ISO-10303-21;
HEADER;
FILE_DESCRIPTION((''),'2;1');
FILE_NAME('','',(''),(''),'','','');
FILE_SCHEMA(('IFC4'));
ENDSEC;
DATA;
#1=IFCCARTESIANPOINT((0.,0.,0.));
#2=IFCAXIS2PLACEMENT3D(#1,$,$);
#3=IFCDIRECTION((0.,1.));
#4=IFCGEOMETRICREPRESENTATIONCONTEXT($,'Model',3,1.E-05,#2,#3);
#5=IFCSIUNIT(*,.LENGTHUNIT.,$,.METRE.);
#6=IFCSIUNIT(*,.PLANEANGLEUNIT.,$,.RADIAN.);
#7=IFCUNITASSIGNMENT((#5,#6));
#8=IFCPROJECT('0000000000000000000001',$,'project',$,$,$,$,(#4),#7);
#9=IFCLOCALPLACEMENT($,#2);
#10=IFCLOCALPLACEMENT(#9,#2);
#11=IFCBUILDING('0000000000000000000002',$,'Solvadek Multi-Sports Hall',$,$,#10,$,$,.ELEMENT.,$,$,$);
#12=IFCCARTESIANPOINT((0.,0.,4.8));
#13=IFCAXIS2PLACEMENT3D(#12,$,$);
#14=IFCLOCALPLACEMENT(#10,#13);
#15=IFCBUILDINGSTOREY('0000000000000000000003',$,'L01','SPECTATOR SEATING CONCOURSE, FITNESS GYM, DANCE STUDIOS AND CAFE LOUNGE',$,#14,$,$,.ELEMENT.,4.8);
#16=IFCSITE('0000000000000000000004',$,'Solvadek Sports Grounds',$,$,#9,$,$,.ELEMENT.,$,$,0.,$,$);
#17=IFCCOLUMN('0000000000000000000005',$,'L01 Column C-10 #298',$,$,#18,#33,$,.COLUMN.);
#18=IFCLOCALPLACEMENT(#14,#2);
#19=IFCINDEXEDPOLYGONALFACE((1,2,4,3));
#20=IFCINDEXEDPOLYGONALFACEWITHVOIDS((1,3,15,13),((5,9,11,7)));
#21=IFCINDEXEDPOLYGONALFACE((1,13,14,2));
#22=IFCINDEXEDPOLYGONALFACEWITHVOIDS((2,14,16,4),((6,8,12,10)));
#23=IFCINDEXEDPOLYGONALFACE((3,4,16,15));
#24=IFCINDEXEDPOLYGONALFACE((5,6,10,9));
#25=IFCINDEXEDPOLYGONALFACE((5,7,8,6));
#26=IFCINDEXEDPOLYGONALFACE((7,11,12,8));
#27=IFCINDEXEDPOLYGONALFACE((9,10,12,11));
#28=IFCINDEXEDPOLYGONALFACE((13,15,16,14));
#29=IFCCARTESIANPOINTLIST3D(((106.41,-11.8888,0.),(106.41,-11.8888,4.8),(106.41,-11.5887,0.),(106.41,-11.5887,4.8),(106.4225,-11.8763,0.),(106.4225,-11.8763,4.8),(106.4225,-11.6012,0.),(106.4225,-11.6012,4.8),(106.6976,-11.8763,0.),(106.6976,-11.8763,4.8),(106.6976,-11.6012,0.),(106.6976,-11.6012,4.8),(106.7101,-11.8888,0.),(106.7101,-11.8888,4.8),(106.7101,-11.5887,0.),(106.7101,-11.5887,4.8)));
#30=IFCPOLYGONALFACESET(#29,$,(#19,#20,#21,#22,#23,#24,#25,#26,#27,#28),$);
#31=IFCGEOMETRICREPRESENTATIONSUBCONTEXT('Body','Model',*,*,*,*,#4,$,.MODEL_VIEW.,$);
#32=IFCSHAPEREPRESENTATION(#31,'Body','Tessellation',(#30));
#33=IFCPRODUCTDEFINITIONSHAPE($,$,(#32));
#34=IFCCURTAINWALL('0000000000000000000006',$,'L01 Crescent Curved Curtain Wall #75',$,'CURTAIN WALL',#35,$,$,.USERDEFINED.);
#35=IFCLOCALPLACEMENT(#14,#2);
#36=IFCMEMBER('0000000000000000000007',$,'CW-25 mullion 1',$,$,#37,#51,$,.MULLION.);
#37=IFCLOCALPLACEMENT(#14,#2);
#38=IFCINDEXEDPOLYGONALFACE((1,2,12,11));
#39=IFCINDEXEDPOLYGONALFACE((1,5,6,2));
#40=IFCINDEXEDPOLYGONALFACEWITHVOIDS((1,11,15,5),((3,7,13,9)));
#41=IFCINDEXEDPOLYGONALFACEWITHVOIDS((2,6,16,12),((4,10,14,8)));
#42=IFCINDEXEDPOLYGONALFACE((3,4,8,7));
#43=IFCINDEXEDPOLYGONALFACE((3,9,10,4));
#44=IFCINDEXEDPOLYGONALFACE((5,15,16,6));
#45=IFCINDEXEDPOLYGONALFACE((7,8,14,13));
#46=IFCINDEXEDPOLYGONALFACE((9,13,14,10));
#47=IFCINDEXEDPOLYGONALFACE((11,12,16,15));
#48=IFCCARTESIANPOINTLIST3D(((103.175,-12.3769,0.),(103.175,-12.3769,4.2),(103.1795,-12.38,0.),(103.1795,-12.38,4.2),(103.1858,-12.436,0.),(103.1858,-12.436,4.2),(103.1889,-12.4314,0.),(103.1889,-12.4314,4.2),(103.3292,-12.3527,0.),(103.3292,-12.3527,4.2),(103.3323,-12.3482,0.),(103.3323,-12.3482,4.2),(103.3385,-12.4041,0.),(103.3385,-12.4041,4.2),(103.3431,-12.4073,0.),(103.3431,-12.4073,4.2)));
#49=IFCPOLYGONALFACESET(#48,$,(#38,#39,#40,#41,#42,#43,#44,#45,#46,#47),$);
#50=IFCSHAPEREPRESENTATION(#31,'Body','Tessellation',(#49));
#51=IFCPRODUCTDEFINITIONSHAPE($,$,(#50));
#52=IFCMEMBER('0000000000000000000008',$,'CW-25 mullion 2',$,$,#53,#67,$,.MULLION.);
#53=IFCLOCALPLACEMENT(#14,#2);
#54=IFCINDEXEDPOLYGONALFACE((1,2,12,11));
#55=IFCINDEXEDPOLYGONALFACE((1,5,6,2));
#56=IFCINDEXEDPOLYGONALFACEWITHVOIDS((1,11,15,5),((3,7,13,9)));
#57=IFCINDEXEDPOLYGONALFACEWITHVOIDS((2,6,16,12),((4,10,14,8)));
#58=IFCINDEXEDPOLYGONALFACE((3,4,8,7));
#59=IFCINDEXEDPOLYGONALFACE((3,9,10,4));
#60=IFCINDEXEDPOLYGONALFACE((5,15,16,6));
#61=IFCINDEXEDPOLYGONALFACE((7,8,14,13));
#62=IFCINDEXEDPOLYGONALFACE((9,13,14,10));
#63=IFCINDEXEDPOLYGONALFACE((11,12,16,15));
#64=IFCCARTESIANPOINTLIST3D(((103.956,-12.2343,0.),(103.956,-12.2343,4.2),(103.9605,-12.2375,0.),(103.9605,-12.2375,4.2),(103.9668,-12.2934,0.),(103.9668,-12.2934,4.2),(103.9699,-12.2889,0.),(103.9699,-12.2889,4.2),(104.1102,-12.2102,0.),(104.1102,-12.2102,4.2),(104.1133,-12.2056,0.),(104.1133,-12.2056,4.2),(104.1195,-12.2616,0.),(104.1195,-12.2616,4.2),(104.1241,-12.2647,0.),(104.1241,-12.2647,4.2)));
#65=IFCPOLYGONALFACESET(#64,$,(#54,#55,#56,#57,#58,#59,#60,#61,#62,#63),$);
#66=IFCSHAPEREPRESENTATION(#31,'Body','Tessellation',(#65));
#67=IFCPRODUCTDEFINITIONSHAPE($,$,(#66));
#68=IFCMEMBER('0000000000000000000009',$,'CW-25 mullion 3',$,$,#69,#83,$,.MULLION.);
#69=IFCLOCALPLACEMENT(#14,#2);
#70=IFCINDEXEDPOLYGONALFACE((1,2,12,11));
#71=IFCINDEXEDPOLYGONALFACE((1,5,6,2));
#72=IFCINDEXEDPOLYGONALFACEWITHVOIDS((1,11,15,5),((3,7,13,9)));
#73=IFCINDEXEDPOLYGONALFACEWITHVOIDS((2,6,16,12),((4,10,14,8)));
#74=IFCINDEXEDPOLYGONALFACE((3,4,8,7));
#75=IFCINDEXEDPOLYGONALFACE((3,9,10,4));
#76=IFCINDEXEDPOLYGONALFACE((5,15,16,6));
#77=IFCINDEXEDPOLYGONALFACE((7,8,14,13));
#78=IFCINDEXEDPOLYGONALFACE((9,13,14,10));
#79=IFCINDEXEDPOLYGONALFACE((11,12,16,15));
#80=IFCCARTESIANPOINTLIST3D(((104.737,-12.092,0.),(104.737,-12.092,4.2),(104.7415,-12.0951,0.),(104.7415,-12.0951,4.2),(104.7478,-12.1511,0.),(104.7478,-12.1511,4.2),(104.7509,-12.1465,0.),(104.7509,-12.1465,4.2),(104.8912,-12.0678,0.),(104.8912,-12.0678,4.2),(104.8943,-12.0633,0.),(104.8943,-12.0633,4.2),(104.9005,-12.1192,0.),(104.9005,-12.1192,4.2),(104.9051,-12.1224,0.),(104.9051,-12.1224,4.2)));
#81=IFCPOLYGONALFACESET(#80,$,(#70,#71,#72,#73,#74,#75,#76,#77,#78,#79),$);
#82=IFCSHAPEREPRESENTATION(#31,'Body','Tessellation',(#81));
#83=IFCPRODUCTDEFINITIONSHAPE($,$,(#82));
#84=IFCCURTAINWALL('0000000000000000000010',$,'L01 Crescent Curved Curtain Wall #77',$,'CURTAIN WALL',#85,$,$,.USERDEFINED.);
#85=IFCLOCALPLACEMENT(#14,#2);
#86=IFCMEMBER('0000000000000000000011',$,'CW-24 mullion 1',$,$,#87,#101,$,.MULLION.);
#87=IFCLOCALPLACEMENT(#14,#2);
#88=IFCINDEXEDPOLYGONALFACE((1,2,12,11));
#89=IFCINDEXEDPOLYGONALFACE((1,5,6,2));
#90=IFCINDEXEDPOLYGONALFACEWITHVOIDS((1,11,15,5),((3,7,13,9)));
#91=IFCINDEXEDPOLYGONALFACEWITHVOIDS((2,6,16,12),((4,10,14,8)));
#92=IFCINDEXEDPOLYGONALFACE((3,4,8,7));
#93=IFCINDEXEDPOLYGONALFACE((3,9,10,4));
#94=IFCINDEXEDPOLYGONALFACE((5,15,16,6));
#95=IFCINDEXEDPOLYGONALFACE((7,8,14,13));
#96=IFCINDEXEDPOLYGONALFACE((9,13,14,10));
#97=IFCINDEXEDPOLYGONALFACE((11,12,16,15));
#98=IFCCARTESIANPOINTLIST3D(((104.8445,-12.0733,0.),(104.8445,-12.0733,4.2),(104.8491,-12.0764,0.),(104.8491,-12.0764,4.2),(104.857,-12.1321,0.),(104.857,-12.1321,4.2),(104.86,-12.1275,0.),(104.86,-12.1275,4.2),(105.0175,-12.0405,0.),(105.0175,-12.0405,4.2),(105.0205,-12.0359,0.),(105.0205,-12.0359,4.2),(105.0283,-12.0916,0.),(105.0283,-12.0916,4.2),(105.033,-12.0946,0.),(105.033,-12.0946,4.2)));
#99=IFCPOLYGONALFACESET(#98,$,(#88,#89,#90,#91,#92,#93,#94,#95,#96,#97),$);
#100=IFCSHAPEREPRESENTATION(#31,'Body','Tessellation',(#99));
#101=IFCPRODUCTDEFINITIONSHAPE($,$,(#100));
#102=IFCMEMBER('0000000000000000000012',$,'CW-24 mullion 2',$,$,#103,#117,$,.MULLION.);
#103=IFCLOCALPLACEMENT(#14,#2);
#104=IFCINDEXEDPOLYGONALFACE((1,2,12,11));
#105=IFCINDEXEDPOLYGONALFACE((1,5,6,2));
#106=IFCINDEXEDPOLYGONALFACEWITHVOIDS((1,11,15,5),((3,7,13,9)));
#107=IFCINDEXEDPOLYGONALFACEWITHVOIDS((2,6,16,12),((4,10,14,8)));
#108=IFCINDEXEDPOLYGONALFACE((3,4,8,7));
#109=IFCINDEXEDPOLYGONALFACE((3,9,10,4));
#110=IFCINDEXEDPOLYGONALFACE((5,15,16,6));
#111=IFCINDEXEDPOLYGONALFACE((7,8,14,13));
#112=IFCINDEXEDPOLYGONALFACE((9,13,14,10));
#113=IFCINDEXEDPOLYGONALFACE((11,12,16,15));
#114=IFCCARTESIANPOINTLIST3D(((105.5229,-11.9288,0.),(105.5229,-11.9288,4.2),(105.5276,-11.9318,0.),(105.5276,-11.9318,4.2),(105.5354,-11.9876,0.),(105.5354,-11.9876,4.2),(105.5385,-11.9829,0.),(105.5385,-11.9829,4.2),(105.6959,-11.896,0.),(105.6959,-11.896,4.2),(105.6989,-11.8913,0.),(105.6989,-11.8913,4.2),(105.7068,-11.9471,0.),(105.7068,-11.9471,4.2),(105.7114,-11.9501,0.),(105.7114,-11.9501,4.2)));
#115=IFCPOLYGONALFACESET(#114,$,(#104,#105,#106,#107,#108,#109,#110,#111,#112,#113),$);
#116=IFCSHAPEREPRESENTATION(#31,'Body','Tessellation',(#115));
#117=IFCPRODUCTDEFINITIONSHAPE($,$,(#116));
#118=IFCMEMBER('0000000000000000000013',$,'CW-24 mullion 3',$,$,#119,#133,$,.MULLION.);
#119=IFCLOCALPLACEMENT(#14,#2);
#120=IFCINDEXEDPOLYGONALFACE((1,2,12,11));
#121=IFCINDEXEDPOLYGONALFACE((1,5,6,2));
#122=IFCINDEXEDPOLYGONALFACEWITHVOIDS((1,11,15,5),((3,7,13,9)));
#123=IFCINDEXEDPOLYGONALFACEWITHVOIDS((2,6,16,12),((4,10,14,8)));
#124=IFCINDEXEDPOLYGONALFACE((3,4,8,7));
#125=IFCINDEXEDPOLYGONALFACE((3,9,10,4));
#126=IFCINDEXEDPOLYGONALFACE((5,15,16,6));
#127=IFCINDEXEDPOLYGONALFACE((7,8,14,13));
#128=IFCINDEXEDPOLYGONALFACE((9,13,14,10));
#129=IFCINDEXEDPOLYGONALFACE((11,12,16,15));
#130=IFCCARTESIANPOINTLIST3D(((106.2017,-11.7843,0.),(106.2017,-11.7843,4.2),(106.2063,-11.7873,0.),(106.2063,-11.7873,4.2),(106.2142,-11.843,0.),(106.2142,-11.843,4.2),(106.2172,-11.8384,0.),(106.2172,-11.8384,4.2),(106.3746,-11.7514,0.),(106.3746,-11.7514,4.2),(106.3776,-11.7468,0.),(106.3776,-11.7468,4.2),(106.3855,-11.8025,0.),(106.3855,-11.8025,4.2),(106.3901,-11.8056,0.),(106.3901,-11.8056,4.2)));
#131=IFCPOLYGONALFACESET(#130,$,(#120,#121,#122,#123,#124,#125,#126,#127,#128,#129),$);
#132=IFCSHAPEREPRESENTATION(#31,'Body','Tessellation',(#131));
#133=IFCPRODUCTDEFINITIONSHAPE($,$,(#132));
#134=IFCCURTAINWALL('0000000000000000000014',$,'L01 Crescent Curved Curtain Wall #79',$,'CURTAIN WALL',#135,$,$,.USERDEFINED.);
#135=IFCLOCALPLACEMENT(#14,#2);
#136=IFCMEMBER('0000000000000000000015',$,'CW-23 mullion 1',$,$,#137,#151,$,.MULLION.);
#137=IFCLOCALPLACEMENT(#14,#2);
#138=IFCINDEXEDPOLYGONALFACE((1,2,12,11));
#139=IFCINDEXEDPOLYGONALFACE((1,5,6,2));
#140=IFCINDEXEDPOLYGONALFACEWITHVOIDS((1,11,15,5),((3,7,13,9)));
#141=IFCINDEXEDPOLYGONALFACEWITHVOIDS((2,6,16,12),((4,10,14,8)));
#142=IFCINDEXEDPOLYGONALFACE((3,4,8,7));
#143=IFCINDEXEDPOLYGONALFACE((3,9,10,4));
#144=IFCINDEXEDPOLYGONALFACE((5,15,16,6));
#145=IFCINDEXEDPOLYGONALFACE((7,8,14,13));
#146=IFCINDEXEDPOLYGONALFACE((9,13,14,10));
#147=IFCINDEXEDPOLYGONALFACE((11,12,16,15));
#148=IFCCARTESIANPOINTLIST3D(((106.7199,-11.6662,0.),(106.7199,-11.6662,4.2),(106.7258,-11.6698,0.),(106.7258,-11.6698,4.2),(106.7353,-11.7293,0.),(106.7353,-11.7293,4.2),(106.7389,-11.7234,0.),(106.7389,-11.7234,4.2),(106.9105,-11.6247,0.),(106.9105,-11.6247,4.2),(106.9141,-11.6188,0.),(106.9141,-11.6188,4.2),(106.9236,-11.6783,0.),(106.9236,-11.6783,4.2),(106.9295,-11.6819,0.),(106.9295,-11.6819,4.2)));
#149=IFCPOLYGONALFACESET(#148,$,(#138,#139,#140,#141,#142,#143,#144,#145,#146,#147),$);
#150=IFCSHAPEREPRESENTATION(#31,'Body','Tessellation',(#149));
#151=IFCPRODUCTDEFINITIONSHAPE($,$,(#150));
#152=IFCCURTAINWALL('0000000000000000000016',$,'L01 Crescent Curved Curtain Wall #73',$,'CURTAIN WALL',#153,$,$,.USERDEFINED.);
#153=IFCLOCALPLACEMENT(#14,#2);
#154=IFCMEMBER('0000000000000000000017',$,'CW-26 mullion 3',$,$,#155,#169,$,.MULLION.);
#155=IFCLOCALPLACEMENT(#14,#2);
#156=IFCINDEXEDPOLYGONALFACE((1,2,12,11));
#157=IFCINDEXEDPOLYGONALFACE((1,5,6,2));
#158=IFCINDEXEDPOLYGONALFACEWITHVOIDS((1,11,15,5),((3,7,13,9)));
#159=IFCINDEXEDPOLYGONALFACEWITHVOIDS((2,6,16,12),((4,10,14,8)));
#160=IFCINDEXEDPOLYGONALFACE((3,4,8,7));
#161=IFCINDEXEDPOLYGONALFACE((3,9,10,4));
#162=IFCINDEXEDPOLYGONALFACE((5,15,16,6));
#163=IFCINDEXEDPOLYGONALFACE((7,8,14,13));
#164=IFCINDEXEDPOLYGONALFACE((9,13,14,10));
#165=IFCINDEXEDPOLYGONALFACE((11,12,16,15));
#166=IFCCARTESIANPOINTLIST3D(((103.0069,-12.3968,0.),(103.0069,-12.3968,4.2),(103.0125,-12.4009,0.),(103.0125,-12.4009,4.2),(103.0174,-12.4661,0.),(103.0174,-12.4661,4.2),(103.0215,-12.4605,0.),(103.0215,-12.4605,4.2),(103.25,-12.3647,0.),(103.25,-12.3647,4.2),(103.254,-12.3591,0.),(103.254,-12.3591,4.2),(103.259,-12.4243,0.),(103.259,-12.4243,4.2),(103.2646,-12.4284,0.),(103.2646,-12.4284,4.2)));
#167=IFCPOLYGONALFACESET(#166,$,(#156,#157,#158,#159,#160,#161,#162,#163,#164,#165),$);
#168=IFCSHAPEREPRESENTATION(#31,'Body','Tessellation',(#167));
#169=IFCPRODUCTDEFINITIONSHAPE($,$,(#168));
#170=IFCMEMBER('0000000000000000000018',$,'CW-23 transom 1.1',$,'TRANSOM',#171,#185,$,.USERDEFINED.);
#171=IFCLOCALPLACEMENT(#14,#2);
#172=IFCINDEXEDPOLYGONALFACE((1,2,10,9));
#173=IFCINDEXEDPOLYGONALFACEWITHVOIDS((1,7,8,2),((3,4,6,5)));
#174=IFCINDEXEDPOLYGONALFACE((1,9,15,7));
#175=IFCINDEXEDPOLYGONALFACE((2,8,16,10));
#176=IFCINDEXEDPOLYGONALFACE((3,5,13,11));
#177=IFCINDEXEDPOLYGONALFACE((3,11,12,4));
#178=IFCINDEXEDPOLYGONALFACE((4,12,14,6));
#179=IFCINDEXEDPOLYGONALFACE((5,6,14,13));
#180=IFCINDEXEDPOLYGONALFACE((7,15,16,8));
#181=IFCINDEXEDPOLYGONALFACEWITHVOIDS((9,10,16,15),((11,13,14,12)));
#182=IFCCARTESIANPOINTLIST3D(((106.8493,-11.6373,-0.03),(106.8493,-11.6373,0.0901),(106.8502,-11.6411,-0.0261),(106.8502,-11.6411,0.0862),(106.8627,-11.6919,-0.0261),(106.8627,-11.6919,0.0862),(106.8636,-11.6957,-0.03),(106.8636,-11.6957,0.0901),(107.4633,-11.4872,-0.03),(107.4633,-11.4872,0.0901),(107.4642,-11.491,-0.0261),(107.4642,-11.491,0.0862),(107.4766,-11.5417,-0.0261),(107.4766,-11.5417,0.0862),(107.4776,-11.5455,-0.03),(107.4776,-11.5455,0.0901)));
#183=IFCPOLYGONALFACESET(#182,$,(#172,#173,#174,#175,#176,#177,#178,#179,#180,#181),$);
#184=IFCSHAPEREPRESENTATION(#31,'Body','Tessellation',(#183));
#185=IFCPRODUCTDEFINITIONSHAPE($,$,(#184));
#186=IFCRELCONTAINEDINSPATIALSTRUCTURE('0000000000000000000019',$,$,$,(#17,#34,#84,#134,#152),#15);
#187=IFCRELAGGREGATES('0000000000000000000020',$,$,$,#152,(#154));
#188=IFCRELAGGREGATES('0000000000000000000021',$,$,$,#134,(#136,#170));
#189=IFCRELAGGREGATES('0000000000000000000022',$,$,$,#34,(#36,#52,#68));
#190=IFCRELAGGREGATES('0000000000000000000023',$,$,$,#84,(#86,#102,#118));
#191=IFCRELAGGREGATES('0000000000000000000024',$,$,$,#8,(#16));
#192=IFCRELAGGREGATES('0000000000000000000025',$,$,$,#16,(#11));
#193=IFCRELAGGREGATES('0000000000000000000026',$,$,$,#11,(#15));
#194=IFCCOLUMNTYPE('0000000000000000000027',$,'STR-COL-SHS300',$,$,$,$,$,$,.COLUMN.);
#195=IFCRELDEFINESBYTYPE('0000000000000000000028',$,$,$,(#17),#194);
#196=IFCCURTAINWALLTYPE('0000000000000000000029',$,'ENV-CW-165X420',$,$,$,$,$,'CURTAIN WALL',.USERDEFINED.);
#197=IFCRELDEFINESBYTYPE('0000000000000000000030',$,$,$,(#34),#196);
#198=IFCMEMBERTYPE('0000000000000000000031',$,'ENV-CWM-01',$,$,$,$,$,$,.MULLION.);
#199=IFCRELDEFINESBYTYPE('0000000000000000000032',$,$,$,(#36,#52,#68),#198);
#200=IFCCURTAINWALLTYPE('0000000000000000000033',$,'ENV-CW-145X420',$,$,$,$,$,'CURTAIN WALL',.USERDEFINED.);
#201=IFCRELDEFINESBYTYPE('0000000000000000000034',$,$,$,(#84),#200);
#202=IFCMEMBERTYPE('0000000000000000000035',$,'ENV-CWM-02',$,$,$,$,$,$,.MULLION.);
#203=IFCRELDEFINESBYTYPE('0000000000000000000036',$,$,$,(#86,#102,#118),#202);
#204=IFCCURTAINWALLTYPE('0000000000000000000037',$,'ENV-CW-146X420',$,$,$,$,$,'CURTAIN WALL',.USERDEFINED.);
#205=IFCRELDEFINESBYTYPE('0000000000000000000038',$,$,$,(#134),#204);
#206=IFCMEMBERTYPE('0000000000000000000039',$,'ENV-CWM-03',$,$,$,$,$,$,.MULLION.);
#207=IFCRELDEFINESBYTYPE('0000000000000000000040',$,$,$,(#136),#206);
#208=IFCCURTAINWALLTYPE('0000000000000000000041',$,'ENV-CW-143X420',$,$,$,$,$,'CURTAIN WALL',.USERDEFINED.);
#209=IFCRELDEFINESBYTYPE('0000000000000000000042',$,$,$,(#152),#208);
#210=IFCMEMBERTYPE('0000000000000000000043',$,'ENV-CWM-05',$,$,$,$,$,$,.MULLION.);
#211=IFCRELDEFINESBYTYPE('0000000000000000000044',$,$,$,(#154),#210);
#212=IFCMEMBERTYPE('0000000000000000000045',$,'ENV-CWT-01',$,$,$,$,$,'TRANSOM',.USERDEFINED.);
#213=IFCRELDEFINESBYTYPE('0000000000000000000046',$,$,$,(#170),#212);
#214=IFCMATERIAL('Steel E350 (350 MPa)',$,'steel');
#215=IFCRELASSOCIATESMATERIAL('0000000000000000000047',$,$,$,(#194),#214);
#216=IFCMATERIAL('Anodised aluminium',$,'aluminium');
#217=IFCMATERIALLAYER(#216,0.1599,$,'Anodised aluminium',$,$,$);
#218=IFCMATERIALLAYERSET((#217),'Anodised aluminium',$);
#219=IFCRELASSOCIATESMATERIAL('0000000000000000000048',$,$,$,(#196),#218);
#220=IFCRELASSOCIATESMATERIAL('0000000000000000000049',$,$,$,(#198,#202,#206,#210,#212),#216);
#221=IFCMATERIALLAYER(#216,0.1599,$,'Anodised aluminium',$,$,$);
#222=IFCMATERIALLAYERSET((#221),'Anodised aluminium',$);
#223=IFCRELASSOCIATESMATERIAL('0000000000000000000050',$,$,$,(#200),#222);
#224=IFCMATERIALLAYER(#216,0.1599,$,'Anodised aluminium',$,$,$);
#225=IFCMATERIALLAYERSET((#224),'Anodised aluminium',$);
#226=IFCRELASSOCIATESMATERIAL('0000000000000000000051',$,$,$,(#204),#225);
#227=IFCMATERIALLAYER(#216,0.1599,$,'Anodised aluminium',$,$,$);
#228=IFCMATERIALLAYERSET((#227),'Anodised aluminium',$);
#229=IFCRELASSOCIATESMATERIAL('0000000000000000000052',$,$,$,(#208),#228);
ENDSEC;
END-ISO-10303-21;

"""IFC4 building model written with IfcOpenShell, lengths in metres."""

from ifc_helpers import new_model, si_unit, direction, frame, origin, origin_2d, place, context, subcontext, project, spatial, hollow_rectangle, extrude, material, layer, layer_set, material_profile, profile_set, type_object, element, aggregate, save


model = new_model("IFC4")

# Units and contexts
model_context = context("Model", 3, precision=1e-05, world=origin(), true_north=direction((0.0, 1.0)))
body_context = subcontext(model_context, "Body", "Model", "MODEL_VIEW")
ifc_project = project(units=[si_unit("LENGTHUNIT", "METRE"), si_unit("PLANEANGLEUNIT", "RADIAN")], contexts=[model_context])

# Site, building, storey
site_placement = place(None, origin())
site = spatial("IfcSite", under=ifc_project, at=site_placement, Name="Solvadek Sports Grounds", CompositionType="ELEMENT", RefElevation=0.0)
building_placement = place(site_placement, origin())
building = spatial("IfcBuilding", under=site, at=building_placement, Name="Solvadek Multi-Sports Hall", CompositionType="ELEMENT")
storey_placement = place(building_placement, frame((0.0, 0.0, 4.8)))
storey = spatial("IfcBuildingStorey", under=building, at=storey_placement, Name="L01", Description="SPECTATOR SEATING CONCOURSE, FITNESS GYM, DANCE STUDIOS AND CAFE LOUNGE", CompositionType="ELEMENT", Elevation=4.8)

# Column
ifc_material_1 = material(Name="Steel E350 (350 MPa)", Category="steel")
ifc_material_profile_1 = material_profile(ifc_material_1, hollow_rectangle(XDim=0.3, YDim=0.3, WallThickness=0.0125, at=origin_2d()), Name="SHS 300x300x12.5")
ifc_profile_set_1 = profile_set([ifc_material_profile_1], Name="Steel E350 (350 MPa)")
column_type = type_object("IfcColumnType", Name="STR-COL-SHS300", PredefinedType="COLUMN", material=ifc_profile_set_1)
column_placement = place(storey_placement, frame((106.5601, -11.7388, 0.0), z_axis=(0.0, 0.0, 1.0), x_axis=(1.0, 0.0, 0.0)))
element("IfcColumn", 1, at=column_placement, inside=storey, type_object=column_type, Name="L01 Column C-10 #298", PredefinedType="COLUMN", context=body_context, shape_type="SweptSolid", body=[
    extrude(hollow_rectangle(XDim=0.3, YDim=0.3, WallThickness=0.0125, at=origin_2d()), origin(), (0.0, 0.0, 1.0), 4.8),
])

# Curtain walls, members
ifc_material_2 = material(Name="Anodised aluminium", Category="aluminium")
ifc_layer_1 = layer(ifc_material_2, 0.1599, Name="Anodised aluminium")
ifc_layer_set_1 = layer_set([ifc_layer_1], Name="Anodised aluminium")
curtain_wall_type_1 = type_object("IfcCurtainWallType", Name="ENV-CW-165X420", ElementType="CURTAIN WALL", PredefinedType="USERDEFINED", material=ifc_layer_set_1)
curtain_wall_1_placement = place(storey_placement, origin())
curtain_wall_1 = element("IfcCurtainWall", 2, at=curtain_wall_1_placement, inside=storey, type_object=curtain_wall_type_1, Name="L01 Crescent Curved Curtain Wall #75", ObjectType="CURTAIN WALL", PredefinedType="USERDEFINED")
ifc_material_profile_2 = material_profile(ifc_material_2, hollow_rectangle(XDim=0.0601, YDim=0.1599, WallThickness=0.0039, at=origin_2d()), Name="ALU-M 160x60x4")
ifc_profile_set_2 = profile_set([ifc_material_profile_2], Name="Anodised aluminium")
member_type_1 = type_object("IfcMemberType", Name="ENV-CWM-01", PredefinedType="MULLION", material=ifc_profile_set_2)
member_1_placement = place(storey_placement, frame((103.259, -12.3921, 0.0), z_axis=(0.0, 0.0, 1.0), x_axis=(-0.179398, 0.983777, 0.0)))
member_1 = element("IfcMember", 3, at=member_1_placement, type_object=member_type_1, Name="CW-25 mullion 1", PredefinedType="MULLION", context=body_context, shape_type="SweptSolid", body=[
    extrude(hollow_rectangle(XDim=0.0601, YDim=0.1599, WallThickness=0.0039, at=origin_2d()), origin(), (0.0, 0.0, 1.0), 4.2),
])
member_2_placement = place(storey_placement, frame((104.04, -12.2495, 0.0), z_axis=(0.0, 0.0, 1.0), x_axis=(-0.179398, 0.983777, 0.0)))
member_2 = element("IfcMember", 4, at=member_2_placement, type_object=member_type_1, Name="CW-25 mullion 2", PredefinedType="MULLION", context=body_context, shape_type="SweptSolid", body=[
    extrude(hollow_rectangle(XDim=0.0601, YDim=0.1599, WallThickness=0.0039, at=origin_2d()), origin(), (0.0, 0.0, 1.0), 4.2),
])
member_3_placement = place(storey_placement, frame((104.821, -12.1072, 0.0), z_axis=(0.0, 0.0, 1.0), x_axis=(-0.179398, 0.983777, 0.0)))
member_3 = element("IfcMember", 5, at=member_3_placement, type_object=member_type_1, Name="CW-25 mullion 3", PredefinedType="MULLION", context=body_context, shape_type="SweptSolid", body=[
    extrude(hollow_rectangle(XDim=0.0601, YDim=0.1599, WallThickness=0.0039, at=origin_2d()), origin(), (0.0, 0.0, 1.0), 4.2),
])
ifc_layer_2 = layer(ifc_material_2, 0.1599, Name="Anodised aluminium")
ifc_layer_set_2 = layer_set([ifc_layer_2], Name="Anodised aluminium")
curtain_wall_type_2 = type_object("IfcCurtainWallType", Name="ENV-CW-145X420", ElementType="CURTAIN WALL", PredefinedType="USERDEFINED", material=ifc_layer_set_2)
curtain_wall_2_placement = place(storey_placement, origin())
curtain_wall_2 = element("IfcCurtainWall", 6, at=curtain_wall_2_placement, inside=storey, type_object=curtain_wall_type_2, Name="L01 Crescent Curved Curtain Wall #77", ObjectType="CURTAIN WALL", PredefinedType="USERDEFINED")
ifc_material_profile_3 = material_profile(ifc_material_2, hollow_rectangle(XDim=0.0601, YDim=0.1799, WallThickness=0.0039, at=origin_2d()), Name="ALU-M 180x60x4")
ifc_profile_set_3 = profile_set([ifc_material_profile_3], Name="Anodised aluminium")
member_type_2 = type_object("IfcMemberType", Name="ENV-CWM-02", PredefinedType="MULLION", material=ifc_profile_set_3)
member_4_placement = place(storey_placement, frame((104.9387, -12.084, 0.0), z_axis=(0.0, 0.0, 1.0), x_axis=(-0.208255, 0.978075, 0.0)))
member_4 = element("IfcMember", 7, at=member_4_placement, type_object=member_type_2, Name="CW-24 mullion 1", PredefinedType="MULLION", context=body_context, shape_type="SweptSolid", body=[
    extrude(hollow_rectangle(XDim=0.0601, YDim=0.1799, WallThickness=0.0039, at=origin_2d()), origin(), (0.0, 0.0, 1.0), 4.2),
])
member_5_placement = place(storey_placement, frame((105.6172, -11.9395, 0.0), z_axis=(0.0, 0.0, 1.0), x_axis=(-0.208255, 0.978075, 0.0)))
member_5 = element("IfcMember", 8, at=member_5_placement, type_object=member_type_2, Name="CW-24 mullion 2", PredefinedType="MULLION", context=body_context, shape_type="SweptSolid", body=[
    extrude(hollow_rectangle(XDim=0.0601, YDim=0.1799, WallThickness=0.0039, at=origin_2d()), origin(), (0.0, 0.0, 1.0), 4.2),
])
member_6_placement = place(storey_placement, frame((106.2959, -11.7949, 0.0), z_axis=(0.0, 0.0, 1.0), x_axis=(-0.208255, 0.978075, 0.0)))
member_6 = element("IfcMember", 9, at=member_6_placement, type_object=member_type_2, Name="CW-24 mullion 3", PredefinedType="MULLION", context=body_context, shape_type="SweptSolid", body=[
    extrude(hollow_rectangle(XDim=0.0601, YDim=0.1799, WallThickness=0.0039, at=origin_2d()), origin(), (0.0, 0.0, 1.0), 4.2),
])

# Curtain walls, members
ifc_layer_3 = layer(ifc_material_2, 0.1599, Name="Anodised aluminium")
ifc_layer_set_3 = layer_set([ifc_layer_3], Name="Anodised aluminium")
curtain_wall_type_3 = type_object("IfcCurtainWallType", Name="ENV-CW-146X420", ElementType="CURTAIN WALL", PredefinedType="USERDEFINED", material=ifc_layer_set_3)
curtain_wall_3_placement = place(storey_placement, origin())
curtain_wall_3 = element("IfcCurtainWall", 10, at=curtain_wall_3_placement, inside=storey, type_object=curtain_wall_type_3, Name="L01 Crescent Curved Curtain Wall #79", ObjectType="CURTAIN WALL", PredefinedType="USERDEFINED")
ifc_material_profile_4 = material_profile(ifc_material_2, hollow_rectangle(XDim=0.0649, YDim=0.2, WallThickness=0.0049, at=origin_2d()), Name="ALU-M 200x65x5")
ifc_profile_set_4 = profile_set([ifc_material_profile_4], Name="Anodised aluminium")
member_type_3 = type_object("IfcMemberType", Name="ENV-CWM-03", PredefinedType="MULLION", material=ifc_profile_set_4)
member_7_placement = place(storey_placement, frame((106.8247, -11.6741, 0.0), z_axis=(0.0, 0.0, 1.0), x_axis=(-0.237163, 0.97147, 0.0)))
member_7 = element("IfcMember", 11, at=member_7_placement, type_object=member_type_3, Name="CW-23 mullion 1", PredefinedType="MULLION", context=body_context, shape_type="SweptSolid", body=[
    extrude(hollow_rectangle(XDim=0.0649, YDim=0.2, WallThickness=0.0049, at=origin_2d()), origin(), (0.0, 0.0, 1.0), 4.2),
])
ifc_layer_4 = layer(ifc_material_2, 0.1599, Name="Anodised aluminium")
ifc_layer_set_4 = layer_set([ifc_layer_4], Name="Anodised aluminium")
curtain_wall_type_4 = type_object("IfcCurtainWallType", Name="ENV-CW-143X420", ElementType="CURTAIN WALL", PredefinedType="USERDEFINED", material=ifc_layer_set_4)
curtain_wall_4_placement = place(storey_placement, origin())
curtain_wall_4 = element("IfcCurtainWall", 12, at=curtain_wall_4_placement, inside=storey, type_object=curtain_wall_type_4, Name="L01 Crescent Curved Curtain Wall #73", ObjectType="CURTAIN WALL", PredefinedType="USERDEFINED")
ifc_material_profile_5 = material_profile(ifc_material_2, hollow_rectangle(XDim=0.0701, YDim=0.25, WallThickness=0.0049, at=origin_2d()), Name="ALU-M 250x70x5")
ifc_profile_set_5 = profile_set([ifc_material_profile_5], Name="Anodised aluminium")
member_type_4 = type_object("IfcMemberType", Name="ENV-CWM-05", PredefinedType="MULLION", material=ifc_profile_set_5)
member_8_placement = place(storey_placement, frame((103.1357, -12.4126, 0.0), z_axis=(0.0, 0.0, 1.0), x_axis=(-0.150564, 0.9886, 0.0)))
member_8 = element("IfcMember", 13, at=member_8_placement, type_object=member_type_4, Name="CW-26 mullion 3", PredefinedType="MULLION", context=body_context, shape_type="SweptSolid", body=[
    extrude(hollow_rectangle(XDim=0.0701, YDim=0.25, WallThickness=0.0049, at=origin_2d()), origin(), (0.0, 0.0, 1.0), 4.2),
])
aggregate(curtain_wall_4, [member_8])

# Member
ifc_material_profile_6 = material_profile(ifc_material_2, hollow_rectangle(XDim=0.0601, YDim=0.1201, WallThickness=0.0039, at=origin_2d()), Name="ALU-T 120x60x4")
ifc_profile_set_6 = profile_set([ifc_material_profile_6], Name="Anodised aluminium")
member_type_5 = type_object("IfcMemberType", Name="ENV-CWT-01", ElementType="TRANSOM", PredefinedType="USERDEFINED", material=ifc_profile_set_6)
member_9_placement = place(storey_placement, frame((106.8564, -11.6665, 0.03), z_axis=(0.971379, 0.237534, 0.0), x_axis=(-0.237534, 0.971379, 0.0)))
member_9 = element("IfcMember", 14, at=member_9_placement, type_object=member_type_5, Name="CW-23 transom 1.1", ObjectType="TRANSOM", PredefinedType="USERDEFINED", context=body_context, shape_type="SweptSolid", body=[
    extrude(hollow_rectangle(XDim=0.0601, YDim=0.1201, WallThickness=0.0039, at=origin_2d()), origin(), (0.0, 0.0, 1.0), 0.6321),
])
aggregate(curtain_wall_3, [member_7, member_9])

aggregate(curtain_wall_1, [member_1, member_2, member_3])
aggregate(curtain_wall_2, [member_4, member_5, member_6])

save(model, "model.ifc")
